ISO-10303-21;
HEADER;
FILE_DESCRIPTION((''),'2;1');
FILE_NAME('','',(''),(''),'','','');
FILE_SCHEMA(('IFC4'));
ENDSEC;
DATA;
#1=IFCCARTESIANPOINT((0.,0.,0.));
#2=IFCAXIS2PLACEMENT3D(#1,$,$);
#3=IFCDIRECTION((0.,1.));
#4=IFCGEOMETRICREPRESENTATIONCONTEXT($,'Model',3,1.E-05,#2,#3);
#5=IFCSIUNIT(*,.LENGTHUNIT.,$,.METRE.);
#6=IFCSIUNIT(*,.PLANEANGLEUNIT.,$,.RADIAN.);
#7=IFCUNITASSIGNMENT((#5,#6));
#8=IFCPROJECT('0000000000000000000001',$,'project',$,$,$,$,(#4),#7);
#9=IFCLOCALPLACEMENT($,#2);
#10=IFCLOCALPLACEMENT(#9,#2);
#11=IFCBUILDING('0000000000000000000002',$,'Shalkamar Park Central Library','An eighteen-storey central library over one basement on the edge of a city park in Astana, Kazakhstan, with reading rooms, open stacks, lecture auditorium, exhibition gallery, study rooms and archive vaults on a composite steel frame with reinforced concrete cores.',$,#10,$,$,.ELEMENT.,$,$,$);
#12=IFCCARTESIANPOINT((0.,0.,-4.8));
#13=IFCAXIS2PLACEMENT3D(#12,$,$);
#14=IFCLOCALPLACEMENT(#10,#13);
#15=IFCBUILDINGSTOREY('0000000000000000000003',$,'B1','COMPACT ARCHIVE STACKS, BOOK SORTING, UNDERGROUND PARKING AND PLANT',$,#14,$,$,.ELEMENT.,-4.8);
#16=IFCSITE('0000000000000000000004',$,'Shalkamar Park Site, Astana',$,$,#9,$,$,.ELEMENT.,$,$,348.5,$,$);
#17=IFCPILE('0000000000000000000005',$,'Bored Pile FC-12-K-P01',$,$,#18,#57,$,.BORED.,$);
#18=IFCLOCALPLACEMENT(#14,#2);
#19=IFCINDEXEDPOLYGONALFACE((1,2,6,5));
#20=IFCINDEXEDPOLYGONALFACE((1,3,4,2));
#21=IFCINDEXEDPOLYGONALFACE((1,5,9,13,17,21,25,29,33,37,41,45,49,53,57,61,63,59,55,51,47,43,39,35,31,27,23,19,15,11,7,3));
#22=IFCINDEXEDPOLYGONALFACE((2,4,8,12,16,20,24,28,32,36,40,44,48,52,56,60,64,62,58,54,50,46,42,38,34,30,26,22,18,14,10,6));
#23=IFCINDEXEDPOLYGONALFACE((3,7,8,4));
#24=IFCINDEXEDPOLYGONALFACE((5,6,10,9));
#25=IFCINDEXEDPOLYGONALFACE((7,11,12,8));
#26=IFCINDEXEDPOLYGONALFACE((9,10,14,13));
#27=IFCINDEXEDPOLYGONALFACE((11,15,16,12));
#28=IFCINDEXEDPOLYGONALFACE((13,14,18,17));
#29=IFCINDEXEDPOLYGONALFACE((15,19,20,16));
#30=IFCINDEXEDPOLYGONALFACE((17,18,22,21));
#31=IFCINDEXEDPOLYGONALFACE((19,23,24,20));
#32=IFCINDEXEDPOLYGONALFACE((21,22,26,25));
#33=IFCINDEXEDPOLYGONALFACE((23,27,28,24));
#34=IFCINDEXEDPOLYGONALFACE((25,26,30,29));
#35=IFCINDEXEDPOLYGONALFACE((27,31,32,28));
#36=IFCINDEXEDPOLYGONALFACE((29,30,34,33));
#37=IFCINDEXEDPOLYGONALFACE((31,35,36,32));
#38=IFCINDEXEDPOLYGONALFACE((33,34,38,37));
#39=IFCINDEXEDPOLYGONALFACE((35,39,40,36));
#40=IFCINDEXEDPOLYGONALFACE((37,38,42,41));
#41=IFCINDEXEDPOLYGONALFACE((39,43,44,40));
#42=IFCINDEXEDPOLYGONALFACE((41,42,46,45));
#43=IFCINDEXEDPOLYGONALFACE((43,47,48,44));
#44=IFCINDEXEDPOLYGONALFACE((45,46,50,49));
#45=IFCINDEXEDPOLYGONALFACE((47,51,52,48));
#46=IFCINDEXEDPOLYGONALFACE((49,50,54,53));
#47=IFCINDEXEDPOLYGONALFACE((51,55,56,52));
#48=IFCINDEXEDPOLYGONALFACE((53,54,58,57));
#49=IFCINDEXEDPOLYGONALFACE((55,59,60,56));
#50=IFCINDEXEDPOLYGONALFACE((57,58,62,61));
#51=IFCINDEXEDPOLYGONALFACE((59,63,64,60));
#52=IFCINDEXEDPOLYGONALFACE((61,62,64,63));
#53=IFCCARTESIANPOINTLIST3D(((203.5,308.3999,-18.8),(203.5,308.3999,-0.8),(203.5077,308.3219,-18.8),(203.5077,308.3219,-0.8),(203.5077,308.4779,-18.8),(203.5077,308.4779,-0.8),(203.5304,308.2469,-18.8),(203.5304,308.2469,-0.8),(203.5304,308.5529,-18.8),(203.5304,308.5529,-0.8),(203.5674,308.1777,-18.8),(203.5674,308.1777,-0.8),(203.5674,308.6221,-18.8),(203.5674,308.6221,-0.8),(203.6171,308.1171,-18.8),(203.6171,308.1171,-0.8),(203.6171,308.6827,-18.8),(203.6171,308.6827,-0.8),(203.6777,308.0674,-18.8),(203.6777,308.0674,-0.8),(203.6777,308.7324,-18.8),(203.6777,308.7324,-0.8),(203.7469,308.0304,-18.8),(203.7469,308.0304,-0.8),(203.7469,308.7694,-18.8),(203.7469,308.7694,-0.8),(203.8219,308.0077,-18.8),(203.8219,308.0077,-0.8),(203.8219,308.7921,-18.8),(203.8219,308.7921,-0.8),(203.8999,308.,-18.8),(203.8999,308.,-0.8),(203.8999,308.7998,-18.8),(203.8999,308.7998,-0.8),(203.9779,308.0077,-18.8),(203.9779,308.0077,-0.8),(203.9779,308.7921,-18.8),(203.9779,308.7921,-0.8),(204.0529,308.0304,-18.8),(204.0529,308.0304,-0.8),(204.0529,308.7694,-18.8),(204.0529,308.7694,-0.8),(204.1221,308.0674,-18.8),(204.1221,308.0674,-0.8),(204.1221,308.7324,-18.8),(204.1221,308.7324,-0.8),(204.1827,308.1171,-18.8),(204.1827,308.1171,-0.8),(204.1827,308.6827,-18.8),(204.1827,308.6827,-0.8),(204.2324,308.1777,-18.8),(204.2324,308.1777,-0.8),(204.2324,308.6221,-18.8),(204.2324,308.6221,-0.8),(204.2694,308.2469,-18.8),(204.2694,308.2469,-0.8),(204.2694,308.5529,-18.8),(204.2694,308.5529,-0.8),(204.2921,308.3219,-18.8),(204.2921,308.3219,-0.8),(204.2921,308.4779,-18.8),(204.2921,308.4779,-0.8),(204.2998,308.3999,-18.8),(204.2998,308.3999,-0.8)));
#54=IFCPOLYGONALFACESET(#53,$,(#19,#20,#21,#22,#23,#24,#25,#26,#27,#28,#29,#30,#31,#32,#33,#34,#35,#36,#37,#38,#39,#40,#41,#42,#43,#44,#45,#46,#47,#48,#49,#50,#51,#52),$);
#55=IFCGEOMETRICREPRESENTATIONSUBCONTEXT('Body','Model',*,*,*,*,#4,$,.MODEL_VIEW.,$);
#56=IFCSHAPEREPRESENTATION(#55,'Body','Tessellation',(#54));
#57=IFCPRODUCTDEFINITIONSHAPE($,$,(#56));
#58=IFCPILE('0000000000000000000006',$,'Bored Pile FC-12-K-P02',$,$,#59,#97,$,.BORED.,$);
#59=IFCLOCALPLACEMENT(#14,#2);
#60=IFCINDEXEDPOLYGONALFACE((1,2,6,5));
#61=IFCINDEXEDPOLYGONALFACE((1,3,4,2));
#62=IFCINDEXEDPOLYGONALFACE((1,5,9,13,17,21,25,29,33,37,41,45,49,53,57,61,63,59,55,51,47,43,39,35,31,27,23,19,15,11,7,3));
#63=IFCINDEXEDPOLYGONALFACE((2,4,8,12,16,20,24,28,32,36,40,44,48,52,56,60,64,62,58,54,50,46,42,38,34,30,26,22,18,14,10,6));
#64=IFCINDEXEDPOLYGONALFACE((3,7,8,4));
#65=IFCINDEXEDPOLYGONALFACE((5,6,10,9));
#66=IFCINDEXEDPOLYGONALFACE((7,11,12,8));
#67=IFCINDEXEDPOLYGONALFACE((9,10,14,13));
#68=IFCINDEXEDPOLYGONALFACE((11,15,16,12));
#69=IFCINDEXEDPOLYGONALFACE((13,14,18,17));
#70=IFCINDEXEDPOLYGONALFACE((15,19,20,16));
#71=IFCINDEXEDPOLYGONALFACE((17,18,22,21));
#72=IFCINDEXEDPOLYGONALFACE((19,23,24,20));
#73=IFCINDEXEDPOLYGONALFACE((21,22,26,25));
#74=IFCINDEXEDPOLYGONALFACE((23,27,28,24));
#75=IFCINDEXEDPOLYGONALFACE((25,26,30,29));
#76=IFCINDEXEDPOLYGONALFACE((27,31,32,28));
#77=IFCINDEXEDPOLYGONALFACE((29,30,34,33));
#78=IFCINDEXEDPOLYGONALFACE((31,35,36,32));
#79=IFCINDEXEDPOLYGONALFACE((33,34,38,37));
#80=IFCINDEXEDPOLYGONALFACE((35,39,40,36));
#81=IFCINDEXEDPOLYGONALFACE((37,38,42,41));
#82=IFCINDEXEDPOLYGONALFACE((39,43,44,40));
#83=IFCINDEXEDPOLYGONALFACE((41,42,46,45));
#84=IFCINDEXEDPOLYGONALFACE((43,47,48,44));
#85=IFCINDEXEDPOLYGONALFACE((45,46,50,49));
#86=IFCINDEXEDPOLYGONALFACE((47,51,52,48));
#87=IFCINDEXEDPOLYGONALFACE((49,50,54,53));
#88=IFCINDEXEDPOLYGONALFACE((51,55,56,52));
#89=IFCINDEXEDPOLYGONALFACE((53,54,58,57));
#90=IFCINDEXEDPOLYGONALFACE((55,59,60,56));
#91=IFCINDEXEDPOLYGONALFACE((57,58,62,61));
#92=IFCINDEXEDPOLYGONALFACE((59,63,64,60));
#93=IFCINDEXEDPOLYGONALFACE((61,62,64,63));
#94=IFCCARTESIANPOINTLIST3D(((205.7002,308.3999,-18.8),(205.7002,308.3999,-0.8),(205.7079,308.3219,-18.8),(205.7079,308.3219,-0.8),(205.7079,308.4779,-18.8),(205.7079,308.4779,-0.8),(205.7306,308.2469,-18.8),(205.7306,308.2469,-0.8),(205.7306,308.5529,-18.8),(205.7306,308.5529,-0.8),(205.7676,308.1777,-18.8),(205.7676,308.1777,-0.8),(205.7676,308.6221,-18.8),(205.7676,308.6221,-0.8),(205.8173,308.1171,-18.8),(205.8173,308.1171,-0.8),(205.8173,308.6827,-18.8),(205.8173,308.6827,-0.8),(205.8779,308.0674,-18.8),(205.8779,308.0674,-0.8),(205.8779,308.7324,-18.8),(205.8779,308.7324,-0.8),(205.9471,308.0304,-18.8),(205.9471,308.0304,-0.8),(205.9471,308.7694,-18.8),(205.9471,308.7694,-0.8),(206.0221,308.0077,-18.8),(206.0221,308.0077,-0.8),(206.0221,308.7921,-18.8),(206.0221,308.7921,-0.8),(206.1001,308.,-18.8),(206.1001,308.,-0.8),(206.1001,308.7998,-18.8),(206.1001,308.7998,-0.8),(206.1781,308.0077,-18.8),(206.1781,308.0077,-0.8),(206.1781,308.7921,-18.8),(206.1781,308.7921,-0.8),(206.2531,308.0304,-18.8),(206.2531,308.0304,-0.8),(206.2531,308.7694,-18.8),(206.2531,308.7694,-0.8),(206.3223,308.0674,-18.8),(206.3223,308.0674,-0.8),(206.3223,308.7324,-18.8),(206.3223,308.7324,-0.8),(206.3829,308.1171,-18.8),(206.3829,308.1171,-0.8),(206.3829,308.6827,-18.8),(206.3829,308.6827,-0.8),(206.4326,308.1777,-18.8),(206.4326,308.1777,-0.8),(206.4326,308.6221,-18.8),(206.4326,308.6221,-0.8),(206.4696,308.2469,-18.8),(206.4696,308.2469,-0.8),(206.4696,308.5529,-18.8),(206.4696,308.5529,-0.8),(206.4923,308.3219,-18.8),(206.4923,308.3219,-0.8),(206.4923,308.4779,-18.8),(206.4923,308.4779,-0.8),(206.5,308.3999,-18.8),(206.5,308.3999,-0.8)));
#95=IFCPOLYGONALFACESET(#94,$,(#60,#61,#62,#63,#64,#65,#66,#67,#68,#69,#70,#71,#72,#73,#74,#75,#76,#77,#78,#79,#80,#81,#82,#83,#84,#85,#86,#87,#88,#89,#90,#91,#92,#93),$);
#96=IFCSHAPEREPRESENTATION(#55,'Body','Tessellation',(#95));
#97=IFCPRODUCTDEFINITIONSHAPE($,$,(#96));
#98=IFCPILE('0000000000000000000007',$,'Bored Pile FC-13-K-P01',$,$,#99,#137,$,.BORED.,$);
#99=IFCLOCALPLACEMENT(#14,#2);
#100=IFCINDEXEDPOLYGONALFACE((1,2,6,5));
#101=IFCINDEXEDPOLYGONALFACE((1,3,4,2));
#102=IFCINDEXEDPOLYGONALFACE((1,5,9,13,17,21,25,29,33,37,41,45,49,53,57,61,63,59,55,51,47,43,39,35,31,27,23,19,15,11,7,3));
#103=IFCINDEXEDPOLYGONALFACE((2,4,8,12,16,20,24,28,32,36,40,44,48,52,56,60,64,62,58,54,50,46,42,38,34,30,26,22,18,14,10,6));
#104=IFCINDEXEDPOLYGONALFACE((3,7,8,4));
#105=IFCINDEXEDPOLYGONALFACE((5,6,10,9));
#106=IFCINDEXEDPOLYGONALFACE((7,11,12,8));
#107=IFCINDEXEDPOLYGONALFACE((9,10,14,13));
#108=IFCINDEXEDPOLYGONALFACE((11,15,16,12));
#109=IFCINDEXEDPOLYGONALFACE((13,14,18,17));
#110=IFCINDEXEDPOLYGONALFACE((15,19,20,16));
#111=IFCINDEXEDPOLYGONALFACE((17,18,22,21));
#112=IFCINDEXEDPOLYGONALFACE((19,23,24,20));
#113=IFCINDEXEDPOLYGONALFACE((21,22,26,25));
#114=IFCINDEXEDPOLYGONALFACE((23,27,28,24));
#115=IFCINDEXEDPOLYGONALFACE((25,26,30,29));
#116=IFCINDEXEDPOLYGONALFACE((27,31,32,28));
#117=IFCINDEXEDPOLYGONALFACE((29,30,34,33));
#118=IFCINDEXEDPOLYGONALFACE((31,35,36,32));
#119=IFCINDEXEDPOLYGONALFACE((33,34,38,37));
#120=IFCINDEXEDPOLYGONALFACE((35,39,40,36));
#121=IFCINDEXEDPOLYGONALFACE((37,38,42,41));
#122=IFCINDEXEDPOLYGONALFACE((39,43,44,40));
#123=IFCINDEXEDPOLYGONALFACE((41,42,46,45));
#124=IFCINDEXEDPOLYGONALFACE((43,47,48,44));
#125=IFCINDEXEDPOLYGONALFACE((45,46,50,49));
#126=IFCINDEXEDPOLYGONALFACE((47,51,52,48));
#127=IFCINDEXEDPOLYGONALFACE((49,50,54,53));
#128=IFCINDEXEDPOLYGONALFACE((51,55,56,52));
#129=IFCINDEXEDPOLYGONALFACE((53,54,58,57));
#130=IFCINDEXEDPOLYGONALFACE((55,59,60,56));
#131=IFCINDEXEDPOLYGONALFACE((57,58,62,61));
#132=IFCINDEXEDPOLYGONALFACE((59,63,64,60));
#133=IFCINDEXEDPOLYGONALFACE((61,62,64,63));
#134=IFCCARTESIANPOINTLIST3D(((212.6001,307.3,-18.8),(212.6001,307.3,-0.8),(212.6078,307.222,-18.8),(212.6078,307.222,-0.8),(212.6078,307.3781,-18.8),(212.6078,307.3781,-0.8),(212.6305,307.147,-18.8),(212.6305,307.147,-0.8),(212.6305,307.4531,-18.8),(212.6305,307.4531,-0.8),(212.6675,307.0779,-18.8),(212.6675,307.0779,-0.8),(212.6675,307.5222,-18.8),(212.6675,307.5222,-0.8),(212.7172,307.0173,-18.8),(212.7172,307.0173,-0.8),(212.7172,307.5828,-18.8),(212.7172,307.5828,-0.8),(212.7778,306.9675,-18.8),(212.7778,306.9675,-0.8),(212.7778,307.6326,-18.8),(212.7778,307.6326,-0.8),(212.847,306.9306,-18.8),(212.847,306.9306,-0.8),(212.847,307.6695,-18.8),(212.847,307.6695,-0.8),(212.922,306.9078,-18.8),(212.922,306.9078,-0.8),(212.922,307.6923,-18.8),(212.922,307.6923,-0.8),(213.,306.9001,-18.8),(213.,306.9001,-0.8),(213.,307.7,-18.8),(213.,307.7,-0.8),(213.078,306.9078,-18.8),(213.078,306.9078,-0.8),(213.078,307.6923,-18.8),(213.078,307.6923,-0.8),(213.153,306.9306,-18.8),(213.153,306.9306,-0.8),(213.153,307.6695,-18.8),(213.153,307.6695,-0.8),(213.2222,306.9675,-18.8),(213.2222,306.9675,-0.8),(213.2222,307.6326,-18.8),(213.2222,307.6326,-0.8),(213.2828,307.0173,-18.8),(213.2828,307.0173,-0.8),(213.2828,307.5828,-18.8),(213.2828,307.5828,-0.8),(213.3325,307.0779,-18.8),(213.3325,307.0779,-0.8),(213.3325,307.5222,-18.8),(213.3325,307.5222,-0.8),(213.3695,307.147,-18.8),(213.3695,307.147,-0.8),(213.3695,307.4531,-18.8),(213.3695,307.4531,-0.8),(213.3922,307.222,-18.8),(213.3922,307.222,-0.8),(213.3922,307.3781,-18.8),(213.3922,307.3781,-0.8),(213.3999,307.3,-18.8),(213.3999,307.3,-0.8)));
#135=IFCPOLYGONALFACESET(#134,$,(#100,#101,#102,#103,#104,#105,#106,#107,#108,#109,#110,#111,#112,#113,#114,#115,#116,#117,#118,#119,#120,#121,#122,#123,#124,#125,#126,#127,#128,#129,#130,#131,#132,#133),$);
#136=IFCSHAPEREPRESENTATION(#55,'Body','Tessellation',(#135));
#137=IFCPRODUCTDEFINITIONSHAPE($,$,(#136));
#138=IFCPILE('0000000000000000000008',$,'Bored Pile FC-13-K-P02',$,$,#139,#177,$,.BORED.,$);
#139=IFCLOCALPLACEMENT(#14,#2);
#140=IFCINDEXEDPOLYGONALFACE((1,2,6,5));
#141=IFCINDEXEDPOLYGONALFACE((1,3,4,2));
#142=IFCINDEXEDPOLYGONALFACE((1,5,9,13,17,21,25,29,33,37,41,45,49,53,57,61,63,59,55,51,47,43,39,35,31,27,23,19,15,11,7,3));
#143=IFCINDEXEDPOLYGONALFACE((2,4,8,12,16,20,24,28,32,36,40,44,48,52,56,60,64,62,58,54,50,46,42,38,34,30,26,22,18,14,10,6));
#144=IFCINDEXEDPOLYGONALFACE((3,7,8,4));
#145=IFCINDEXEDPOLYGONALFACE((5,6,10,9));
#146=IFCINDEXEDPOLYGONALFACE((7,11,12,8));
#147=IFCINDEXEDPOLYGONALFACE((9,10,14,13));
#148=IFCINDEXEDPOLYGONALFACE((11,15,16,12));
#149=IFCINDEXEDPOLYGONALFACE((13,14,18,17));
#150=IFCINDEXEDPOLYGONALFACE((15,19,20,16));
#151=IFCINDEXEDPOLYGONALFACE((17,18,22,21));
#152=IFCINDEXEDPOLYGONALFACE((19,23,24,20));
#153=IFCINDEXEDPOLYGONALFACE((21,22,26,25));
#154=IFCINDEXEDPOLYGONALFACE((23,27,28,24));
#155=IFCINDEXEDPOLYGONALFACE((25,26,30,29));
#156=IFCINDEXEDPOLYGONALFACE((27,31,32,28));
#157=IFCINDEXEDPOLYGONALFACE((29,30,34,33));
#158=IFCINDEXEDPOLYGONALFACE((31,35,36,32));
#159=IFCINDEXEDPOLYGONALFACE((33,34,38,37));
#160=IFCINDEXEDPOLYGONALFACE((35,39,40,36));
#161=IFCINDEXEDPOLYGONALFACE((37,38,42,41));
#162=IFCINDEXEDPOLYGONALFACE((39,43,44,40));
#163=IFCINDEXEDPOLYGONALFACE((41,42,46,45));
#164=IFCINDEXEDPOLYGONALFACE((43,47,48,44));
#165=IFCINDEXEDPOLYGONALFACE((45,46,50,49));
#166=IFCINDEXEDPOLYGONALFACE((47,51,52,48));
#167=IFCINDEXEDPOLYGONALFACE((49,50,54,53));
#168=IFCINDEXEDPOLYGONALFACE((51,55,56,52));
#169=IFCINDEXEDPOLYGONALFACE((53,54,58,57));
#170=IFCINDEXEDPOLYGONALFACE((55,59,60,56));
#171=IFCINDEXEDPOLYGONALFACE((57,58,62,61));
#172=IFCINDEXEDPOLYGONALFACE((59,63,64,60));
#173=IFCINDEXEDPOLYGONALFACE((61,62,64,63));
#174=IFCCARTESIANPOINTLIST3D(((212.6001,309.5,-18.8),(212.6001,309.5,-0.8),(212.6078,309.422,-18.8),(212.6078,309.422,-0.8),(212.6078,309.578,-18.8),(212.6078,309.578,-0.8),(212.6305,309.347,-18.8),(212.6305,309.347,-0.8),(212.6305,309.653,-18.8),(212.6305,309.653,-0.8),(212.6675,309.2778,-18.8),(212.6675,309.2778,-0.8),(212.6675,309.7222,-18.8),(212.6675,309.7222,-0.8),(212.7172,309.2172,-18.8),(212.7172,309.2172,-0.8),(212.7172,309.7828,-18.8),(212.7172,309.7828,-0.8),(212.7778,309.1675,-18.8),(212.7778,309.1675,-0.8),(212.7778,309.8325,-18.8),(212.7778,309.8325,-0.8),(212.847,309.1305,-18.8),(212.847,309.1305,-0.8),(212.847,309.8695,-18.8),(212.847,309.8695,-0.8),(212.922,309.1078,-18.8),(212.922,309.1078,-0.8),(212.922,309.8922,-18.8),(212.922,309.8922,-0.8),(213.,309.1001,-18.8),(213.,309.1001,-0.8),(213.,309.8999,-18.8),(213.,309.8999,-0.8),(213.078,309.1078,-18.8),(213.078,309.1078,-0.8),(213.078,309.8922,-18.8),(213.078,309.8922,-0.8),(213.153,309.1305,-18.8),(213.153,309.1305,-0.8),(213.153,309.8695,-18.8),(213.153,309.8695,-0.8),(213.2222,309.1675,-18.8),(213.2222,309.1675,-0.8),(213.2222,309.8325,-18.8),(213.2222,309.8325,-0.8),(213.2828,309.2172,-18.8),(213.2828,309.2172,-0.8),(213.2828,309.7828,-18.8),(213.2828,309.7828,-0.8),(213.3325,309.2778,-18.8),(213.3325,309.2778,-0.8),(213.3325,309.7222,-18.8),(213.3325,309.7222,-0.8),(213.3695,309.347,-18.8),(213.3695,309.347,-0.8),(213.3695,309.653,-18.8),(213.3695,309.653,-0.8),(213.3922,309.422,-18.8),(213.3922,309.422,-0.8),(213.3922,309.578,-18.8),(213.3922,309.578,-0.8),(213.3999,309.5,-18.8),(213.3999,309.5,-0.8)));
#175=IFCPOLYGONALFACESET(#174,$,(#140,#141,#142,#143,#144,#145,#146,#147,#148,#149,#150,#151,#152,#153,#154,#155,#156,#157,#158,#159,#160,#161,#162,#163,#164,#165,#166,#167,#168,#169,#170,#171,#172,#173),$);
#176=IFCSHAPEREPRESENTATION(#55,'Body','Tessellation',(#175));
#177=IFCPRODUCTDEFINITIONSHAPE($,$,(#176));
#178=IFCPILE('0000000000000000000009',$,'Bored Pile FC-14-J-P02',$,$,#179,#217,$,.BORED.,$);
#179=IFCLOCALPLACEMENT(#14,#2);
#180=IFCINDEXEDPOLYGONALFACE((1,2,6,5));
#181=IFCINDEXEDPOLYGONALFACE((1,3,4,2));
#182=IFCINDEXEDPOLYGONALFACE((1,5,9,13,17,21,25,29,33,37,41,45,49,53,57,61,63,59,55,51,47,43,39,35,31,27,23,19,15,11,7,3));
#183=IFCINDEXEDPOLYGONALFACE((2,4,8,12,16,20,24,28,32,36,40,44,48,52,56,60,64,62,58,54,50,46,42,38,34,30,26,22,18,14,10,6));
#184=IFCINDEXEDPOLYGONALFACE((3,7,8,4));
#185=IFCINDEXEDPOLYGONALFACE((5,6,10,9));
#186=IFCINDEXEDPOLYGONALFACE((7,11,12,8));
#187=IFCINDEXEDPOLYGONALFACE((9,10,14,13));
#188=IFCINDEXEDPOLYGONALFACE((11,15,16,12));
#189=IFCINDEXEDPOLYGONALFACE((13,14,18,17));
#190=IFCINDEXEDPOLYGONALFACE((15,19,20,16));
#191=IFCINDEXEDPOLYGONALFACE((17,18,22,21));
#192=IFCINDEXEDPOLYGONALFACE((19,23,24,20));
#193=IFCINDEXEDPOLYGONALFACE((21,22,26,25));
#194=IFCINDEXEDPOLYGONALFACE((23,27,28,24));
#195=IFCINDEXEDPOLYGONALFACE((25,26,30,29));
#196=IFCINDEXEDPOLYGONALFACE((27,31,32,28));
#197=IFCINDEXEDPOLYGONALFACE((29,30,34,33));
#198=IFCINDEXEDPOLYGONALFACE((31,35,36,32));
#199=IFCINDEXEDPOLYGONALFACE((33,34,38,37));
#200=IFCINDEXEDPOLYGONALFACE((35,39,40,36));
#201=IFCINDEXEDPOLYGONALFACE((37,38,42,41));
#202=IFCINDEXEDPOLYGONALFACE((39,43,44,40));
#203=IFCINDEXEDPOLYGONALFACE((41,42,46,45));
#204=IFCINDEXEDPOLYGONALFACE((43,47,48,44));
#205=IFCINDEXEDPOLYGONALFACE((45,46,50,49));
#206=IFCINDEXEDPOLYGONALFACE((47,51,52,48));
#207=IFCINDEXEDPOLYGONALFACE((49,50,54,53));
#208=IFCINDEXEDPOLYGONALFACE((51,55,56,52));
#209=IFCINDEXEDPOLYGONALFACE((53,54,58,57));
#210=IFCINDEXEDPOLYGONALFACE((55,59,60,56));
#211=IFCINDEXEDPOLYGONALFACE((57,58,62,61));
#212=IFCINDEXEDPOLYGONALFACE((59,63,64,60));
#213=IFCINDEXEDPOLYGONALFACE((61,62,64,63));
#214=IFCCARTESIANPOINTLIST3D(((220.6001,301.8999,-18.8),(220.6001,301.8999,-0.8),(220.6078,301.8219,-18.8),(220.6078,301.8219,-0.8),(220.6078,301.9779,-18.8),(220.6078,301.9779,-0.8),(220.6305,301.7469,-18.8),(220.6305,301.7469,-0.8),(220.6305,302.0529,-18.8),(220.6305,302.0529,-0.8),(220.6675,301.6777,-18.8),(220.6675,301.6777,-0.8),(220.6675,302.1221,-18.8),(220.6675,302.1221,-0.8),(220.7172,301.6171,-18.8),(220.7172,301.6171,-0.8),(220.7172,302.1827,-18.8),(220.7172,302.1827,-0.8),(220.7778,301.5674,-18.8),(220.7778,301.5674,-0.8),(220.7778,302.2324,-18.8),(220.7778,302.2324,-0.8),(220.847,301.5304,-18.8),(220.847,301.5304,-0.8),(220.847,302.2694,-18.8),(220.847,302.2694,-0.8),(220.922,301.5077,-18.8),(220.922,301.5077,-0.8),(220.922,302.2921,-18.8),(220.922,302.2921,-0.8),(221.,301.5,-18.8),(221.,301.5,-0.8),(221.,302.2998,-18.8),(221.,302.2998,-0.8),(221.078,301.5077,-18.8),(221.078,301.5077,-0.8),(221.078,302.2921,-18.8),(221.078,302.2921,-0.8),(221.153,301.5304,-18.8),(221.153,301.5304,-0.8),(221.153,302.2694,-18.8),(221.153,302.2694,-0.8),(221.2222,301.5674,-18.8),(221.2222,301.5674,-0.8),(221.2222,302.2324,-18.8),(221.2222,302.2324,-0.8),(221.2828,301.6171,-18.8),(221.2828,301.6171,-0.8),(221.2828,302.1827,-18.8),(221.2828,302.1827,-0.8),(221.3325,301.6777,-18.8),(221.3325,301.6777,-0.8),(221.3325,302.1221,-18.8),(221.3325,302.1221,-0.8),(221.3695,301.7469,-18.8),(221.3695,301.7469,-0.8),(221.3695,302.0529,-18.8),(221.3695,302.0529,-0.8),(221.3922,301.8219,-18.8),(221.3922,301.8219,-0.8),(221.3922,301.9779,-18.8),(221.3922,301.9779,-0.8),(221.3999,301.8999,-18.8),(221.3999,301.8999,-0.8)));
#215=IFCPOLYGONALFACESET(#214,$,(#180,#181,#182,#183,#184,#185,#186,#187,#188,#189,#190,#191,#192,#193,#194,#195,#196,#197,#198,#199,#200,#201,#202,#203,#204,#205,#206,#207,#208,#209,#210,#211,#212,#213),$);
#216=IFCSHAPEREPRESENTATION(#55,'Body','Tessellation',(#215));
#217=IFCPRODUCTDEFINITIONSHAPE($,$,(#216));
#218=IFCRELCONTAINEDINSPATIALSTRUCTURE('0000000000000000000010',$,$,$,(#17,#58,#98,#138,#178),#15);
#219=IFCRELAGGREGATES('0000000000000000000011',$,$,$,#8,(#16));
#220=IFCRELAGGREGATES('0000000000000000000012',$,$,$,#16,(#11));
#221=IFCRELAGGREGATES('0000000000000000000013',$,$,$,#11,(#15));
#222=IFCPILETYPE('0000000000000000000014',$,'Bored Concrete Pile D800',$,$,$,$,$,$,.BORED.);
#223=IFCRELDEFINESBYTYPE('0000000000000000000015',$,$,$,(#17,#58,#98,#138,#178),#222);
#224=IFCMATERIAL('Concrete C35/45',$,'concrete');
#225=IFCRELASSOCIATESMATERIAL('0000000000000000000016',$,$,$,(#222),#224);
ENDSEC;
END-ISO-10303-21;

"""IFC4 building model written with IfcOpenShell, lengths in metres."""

from ifc_helpers import new_model, si_unit, direction, frame, origin, origin_2d, place, context, subcontext, project, spatial, circle, extrude, material, material_profile, profile_set, type_object, element, save


model = new_model("IFC4")

# Units and contexts
model_context = context("Model", 3, precision=1e-05, world=origin(), true_north=direction((0.0, 1.0)))
body_context = subcontext(model_context, "Body", "Model", "MODEL_VIEW")
ifc_project = project(units=[si_unit("LENGTHUNIT", "METRE"), si_unit("PLANEANGLEUNIT", "RADIAN")], contexts=[model_context])

# Site, building, storey
site_placement = place(None, origin())
site = spatial("IfcSite", under=ifc_project, at=site_placement, Name="Shalkamar Park Site, Astana", CompositionType="ELEMENT", RefElevation=348.5)
building_placement = place(site_placement, origin())
building = spatial("IfcBuilding", under=site, at=building_placement, Name="Shalkamar Park Central Library", Description="An eighteen-storey central library over one basement on the edge of a city park in Astana, Kazakhstan, with reading rooms, open stacks, lecture auditorium, exhibition gallery, study rooms and archive vaults on a composite steel frame with reinforced concrete cores.", CompositionType="ELEMENT")
storey_placement = place(building_placement, frame((0.0, 0.0, -4.8)))
storey = spatial("IfcBuildingStorey", under=building, at=storey_placement, Name="B1", Description="COMPACT ARCHIVE STACKS, BOOK SORTING, UNDERGROUND PARKING AND PLANT", CompositionType="ELEMENT", Elevation=-4.8)

# Piles
ifc_material_1 = material(Name="Concrete C35/45", Category="concrete")
ifc_material_profile_1 = material_profile(ifc_material_1, circle(Radius=0.3999, at=origin_2d()), Name="PILE D800")
ifc_profile_set_1 = profile_set([ifc_material_profile_1], Name="Concrete C35/45")
pile_type = type_object("IfcPileType", Name="Bored Concrete Pile D800", PredefinedType="BORED", material=ifc_profile_set_1)
for number, where, z_axis, x_axis, name in (
    (1, (203.8999, 308.3999, -0.8), (0.0, 0.0, -1.0), (1.0, 0.0, 0.0), "Bored Pile FC-12-K-P01"),
    (2, (206.1001, 308.3999, -0.8), (0.0, 0.0, -1.0), (1.0, 0.0, 0.0), "Bored Pile FC-12-K-P02"),
    (3, (213.0, 307.3, -0.8), (0.0, 0.0, -1.0), (1.0, 0.0, 0.0), "Bored Pile FC-13-K-P01"),
    (4, (213.0, 309.5, -0.8), (0.0, 0.0, -1.0), (1.0, 0.0, 0.0), "Bored Pile FC-13-K-P02"),
    (5, (221.0, 301.8999, -0.8), (0.0, 0.0, -1.0), (1.0, 0.0, 0.0), "Bored Pile FC-14-J-P02"),
):
    element("IfcPile", number, at=place(storey_placement, frame(where, z_axis=z_axis, x_axis=x_axis)), inside=storey, type_object=pile_type, Name=name, PredefinedType="BORED", context=body_context, shape_type="SweptSolid", body=[
        extrude(circle(Radius=0.3999, at=origin_2d()), origin(), (0.0, 0.0, 1.0), 18.0),
    ])

save(model, "model.ifc")
